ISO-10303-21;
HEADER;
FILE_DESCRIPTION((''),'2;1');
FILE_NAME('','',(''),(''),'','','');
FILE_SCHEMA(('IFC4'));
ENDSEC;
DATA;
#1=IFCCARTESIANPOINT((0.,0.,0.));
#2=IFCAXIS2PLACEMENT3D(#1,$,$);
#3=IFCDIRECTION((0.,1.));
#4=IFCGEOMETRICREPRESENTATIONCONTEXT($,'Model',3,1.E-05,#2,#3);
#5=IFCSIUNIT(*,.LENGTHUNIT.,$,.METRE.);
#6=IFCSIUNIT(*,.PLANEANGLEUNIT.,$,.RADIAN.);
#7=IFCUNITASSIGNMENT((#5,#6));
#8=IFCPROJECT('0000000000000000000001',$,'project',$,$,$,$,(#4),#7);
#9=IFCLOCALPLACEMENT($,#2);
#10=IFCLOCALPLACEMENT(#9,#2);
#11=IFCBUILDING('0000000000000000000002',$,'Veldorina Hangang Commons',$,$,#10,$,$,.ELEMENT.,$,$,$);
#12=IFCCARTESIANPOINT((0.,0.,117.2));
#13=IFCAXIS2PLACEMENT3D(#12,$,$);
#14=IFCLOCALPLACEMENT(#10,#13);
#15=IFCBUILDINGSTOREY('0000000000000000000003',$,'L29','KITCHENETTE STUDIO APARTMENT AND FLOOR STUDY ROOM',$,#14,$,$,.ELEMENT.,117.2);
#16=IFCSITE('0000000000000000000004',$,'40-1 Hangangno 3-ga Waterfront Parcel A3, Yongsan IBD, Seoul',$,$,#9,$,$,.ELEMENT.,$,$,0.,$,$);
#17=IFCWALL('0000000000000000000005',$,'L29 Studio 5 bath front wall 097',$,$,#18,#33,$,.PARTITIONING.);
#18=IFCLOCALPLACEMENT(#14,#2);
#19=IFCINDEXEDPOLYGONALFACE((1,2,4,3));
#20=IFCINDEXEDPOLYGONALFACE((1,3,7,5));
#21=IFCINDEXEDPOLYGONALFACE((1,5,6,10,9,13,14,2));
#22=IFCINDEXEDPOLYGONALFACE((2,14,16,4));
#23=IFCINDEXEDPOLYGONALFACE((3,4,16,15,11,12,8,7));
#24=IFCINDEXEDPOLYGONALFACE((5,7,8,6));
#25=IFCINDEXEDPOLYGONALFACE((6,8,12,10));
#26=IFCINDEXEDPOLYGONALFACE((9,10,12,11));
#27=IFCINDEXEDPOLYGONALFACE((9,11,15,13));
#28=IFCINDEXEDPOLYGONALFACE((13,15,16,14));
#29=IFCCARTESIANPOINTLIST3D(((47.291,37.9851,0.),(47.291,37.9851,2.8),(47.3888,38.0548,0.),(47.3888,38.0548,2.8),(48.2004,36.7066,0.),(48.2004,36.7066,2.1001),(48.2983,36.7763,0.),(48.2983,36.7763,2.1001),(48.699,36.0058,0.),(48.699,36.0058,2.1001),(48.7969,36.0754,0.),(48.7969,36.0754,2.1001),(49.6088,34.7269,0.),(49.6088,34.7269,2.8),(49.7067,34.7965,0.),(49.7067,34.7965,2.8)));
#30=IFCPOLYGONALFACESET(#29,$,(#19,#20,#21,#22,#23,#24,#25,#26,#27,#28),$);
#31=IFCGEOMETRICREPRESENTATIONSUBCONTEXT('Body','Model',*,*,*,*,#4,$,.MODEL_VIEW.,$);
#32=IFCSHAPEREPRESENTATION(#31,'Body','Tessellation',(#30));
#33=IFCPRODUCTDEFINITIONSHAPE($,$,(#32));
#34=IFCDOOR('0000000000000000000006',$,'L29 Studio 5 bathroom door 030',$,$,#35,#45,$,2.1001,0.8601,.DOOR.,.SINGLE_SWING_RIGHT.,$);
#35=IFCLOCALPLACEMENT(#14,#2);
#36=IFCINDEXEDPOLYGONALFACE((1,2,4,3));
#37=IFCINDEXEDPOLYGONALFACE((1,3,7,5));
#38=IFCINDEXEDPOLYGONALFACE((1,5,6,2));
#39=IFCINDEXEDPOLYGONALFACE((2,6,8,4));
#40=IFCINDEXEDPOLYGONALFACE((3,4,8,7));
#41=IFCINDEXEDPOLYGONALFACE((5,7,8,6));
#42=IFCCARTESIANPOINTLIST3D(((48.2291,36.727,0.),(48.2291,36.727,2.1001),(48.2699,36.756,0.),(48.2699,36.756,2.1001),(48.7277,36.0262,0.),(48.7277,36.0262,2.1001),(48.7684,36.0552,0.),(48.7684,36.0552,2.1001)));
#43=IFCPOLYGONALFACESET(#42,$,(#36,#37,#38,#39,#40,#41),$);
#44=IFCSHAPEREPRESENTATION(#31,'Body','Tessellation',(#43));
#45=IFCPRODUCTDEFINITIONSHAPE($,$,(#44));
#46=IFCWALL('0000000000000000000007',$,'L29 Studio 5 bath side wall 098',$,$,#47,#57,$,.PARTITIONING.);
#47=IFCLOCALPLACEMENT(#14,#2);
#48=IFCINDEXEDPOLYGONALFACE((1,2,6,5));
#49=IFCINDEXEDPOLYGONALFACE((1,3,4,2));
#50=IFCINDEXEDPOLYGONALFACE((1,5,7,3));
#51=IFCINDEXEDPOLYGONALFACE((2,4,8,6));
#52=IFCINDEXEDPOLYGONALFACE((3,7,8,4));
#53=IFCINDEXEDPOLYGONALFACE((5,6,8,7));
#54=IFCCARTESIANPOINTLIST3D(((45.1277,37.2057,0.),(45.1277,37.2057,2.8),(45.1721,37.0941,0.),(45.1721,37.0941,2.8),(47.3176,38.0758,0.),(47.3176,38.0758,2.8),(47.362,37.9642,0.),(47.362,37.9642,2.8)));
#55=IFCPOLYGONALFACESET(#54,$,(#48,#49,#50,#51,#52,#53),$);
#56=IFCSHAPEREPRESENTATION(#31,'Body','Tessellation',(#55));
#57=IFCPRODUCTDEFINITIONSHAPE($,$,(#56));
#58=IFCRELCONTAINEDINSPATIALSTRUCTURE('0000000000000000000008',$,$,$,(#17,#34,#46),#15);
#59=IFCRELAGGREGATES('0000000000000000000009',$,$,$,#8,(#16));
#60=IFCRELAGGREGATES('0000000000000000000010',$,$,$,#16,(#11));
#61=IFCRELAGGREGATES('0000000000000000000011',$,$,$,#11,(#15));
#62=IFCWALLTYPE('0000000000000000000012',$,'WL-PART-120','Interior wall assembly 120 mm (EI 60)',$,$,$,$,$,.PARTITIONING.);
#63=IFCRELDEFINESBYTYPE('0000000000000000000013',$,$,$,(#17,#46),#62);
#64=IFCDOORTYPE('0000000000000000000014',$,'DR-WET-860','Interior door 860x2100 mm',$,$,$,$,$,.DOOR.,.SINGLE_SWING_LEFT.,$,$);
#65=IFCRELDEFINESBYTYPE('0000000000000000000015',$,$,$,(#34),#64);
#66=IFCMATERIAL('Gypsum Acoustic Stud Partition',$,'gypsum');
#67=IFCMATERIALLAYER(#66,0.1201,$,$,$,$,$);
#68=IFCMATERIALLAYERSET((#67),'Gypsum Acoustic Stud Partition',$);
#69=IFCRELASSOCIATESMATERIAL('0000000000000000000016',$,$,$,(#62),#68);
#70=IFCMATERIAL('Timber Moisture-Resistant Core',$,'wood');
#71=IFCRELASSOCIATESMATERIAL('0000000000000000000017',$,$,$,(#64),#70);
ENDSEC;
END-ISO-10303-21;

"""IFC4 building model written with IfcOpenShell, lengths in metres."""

from ifc_helpers import new_model, si_unit, direction, frame, frame_2d, origin, place, context, subcontext, project, spatial, rectangle, extrude, material, layer, layer_set, type_object, element, fill, save


model = new_model("IFC4")

# Units and contexts
model_context = context("Model", 3, precision=1e-05, world=origin(), true_north=direction((0.0, 1.0)))
body_context = subcontext(model_context, "Body", "Model", "MODEL_VIEW")
ifc_project = project(units=[si_unit("LENGTHUNIT", "METRE"), si_unit("PLANEANGLEUNIT", "RADIAN")], contexts=[model_context])

# Site, building, storey
site_placement = place(None, origin())
site = spatial("IfcSite", under=ifc_project, at=site_placement, Name="40-1 Hangangno 3-ga Waterfront Parcel A3, Yongsan IBD, Seoul", CompositionType="ELEMENT", RefElevation=0.0)
building_placement = place(site_placement, origin())
building = spatial("IfcBuilding", under=site, at=building_placement, Name="Veldorina Hangang Commons", CompositionType="ELEMENT")
storey_placement = place(building_placement, frame((0.0, 0.0, 117.2)))
storey = spatial("IfcBuildingStorey", under=building, at=storey_placement, Name="L29", Description="KITCHENETTE STUDIO APARTMENT AND FLOOR STUDY ROOM", CompositionType="ELEMENT", Elevation=117.2)

# Wall, opening, door
ifc_material_1 = material(Name="Gypsum Acoustic Stud Partition", Category="gypsum")
ifc_layer_1 = layer(ifc_material_1, 0.1201)
ifc_layer_set_1 = layer_set([ifc_layer_1], Name="Gypsum Acoustic Stud Partition")
wall_type_1 = type_object("IfcWallType", Name="WL-PART-120", Description="Interior wall assembly 120 mm (EI 60)", PredefinedType="PARTITIONING", material=ifc_layer_set_1)
wall_1_placement = place(storey_placement, frame((49.6577, 34.7617, 0.0), z_axis=(0.0, 0.0, 1.0), x_axis=(-0.579666, 0.814854, 0.0)))
wall_1 = element("IfcWall", 1, at=wall_1_placement, inside=storey, type_object=wall_type_1, Name="L29 Studio 5 bath front wall 097", PredefinedType="PARTITIONING", context=body_context, shape_type="SweptSolid", body=[
    extrude(rectangle(XDim=3.9985, YDim=0.1201, at=frame_2d((1.9993, 0.0))), origin(), (0.0, 0.0, 1.0), 2.8),
])
opening_1_placement = place(wall_1_placement, frame((1.5693, 0.0, 0.0)))
opening_1 = element("IfcOpeningElement", 2, at=opening_1_placement, cuts=wall_1, PredefinedType="OPENING", context=body_context, shape_type="SweptSolid", body=[
    extrude(rectangle(XDim=0.8601, YDim=2.1001, at=frame_2d((0.4302, 1.05))), frame((0.0, 0.0701, 0.0), z_axis=(0.0, -1.0, 0.0), x_axis=(1.0, 0.0, 0.0)), (0.0, 0.0, 1.0), 0.1401),
])
ifc_material_2 = material(Name="Timber Moisture-Resistant Core", Category="wood")
door_type = type_object("IfcDoorType", Name="DR-WET-860", Description="Interior door 860x2100 mm", OperationType="SINGLE_SWING_LEFT", PredefinedType="DOOR", material=ifc_material_2)
door_placement = place(opening_1_placement, origin())
door = element("IfcDoor", 3, at=door_placement, inside=storey, type_object=door_type, Name="L29 Studio 5 bathroom door 030", OperationType="SINGLE_SWING_RIGHT", OverallHeight=2.1001, OverallWidth=0.8601, PredefinedType="DOOR", context=body_context, shape_type="SweptSolid", body=[
    extrude(rectangle(XDim=0.8601, YDim=2.1001, at=frame_2d((0.4302, 1.05))), frame((0.0, 0.0249, 0.0), z_axis=(0.0, -1.0, 0.0), x_axis=(1.0, 0.0, 0.0)), (0.0, 0.0, 1.0), 0.05),
])
fill(opening_1, door)

# Wall
wall_2_placement = place(storey_placement, frame((45.1499, 37.1499, 0.0), z_axis=(0.0, 0.0, 1.0), x_axis=(0.929332, 0.369246, 0.0)))
element("IfcWall", 4, at=wall_2_placement, inside=storey, type_object=wall_type_1, Name="L29 Studio 5 bath side wall 098", PredefinedType="PARTITIONING", context=body_context, shape_type="SweptSolid", body=[
    extrude(rectangle(XDim=2.3564, YDim=0.1201, at=frame_2d((1.1782, 0.0))), origin(), (0.0, 0.0, 1.0), 2.8),
])

save(model, "model.ifc")
